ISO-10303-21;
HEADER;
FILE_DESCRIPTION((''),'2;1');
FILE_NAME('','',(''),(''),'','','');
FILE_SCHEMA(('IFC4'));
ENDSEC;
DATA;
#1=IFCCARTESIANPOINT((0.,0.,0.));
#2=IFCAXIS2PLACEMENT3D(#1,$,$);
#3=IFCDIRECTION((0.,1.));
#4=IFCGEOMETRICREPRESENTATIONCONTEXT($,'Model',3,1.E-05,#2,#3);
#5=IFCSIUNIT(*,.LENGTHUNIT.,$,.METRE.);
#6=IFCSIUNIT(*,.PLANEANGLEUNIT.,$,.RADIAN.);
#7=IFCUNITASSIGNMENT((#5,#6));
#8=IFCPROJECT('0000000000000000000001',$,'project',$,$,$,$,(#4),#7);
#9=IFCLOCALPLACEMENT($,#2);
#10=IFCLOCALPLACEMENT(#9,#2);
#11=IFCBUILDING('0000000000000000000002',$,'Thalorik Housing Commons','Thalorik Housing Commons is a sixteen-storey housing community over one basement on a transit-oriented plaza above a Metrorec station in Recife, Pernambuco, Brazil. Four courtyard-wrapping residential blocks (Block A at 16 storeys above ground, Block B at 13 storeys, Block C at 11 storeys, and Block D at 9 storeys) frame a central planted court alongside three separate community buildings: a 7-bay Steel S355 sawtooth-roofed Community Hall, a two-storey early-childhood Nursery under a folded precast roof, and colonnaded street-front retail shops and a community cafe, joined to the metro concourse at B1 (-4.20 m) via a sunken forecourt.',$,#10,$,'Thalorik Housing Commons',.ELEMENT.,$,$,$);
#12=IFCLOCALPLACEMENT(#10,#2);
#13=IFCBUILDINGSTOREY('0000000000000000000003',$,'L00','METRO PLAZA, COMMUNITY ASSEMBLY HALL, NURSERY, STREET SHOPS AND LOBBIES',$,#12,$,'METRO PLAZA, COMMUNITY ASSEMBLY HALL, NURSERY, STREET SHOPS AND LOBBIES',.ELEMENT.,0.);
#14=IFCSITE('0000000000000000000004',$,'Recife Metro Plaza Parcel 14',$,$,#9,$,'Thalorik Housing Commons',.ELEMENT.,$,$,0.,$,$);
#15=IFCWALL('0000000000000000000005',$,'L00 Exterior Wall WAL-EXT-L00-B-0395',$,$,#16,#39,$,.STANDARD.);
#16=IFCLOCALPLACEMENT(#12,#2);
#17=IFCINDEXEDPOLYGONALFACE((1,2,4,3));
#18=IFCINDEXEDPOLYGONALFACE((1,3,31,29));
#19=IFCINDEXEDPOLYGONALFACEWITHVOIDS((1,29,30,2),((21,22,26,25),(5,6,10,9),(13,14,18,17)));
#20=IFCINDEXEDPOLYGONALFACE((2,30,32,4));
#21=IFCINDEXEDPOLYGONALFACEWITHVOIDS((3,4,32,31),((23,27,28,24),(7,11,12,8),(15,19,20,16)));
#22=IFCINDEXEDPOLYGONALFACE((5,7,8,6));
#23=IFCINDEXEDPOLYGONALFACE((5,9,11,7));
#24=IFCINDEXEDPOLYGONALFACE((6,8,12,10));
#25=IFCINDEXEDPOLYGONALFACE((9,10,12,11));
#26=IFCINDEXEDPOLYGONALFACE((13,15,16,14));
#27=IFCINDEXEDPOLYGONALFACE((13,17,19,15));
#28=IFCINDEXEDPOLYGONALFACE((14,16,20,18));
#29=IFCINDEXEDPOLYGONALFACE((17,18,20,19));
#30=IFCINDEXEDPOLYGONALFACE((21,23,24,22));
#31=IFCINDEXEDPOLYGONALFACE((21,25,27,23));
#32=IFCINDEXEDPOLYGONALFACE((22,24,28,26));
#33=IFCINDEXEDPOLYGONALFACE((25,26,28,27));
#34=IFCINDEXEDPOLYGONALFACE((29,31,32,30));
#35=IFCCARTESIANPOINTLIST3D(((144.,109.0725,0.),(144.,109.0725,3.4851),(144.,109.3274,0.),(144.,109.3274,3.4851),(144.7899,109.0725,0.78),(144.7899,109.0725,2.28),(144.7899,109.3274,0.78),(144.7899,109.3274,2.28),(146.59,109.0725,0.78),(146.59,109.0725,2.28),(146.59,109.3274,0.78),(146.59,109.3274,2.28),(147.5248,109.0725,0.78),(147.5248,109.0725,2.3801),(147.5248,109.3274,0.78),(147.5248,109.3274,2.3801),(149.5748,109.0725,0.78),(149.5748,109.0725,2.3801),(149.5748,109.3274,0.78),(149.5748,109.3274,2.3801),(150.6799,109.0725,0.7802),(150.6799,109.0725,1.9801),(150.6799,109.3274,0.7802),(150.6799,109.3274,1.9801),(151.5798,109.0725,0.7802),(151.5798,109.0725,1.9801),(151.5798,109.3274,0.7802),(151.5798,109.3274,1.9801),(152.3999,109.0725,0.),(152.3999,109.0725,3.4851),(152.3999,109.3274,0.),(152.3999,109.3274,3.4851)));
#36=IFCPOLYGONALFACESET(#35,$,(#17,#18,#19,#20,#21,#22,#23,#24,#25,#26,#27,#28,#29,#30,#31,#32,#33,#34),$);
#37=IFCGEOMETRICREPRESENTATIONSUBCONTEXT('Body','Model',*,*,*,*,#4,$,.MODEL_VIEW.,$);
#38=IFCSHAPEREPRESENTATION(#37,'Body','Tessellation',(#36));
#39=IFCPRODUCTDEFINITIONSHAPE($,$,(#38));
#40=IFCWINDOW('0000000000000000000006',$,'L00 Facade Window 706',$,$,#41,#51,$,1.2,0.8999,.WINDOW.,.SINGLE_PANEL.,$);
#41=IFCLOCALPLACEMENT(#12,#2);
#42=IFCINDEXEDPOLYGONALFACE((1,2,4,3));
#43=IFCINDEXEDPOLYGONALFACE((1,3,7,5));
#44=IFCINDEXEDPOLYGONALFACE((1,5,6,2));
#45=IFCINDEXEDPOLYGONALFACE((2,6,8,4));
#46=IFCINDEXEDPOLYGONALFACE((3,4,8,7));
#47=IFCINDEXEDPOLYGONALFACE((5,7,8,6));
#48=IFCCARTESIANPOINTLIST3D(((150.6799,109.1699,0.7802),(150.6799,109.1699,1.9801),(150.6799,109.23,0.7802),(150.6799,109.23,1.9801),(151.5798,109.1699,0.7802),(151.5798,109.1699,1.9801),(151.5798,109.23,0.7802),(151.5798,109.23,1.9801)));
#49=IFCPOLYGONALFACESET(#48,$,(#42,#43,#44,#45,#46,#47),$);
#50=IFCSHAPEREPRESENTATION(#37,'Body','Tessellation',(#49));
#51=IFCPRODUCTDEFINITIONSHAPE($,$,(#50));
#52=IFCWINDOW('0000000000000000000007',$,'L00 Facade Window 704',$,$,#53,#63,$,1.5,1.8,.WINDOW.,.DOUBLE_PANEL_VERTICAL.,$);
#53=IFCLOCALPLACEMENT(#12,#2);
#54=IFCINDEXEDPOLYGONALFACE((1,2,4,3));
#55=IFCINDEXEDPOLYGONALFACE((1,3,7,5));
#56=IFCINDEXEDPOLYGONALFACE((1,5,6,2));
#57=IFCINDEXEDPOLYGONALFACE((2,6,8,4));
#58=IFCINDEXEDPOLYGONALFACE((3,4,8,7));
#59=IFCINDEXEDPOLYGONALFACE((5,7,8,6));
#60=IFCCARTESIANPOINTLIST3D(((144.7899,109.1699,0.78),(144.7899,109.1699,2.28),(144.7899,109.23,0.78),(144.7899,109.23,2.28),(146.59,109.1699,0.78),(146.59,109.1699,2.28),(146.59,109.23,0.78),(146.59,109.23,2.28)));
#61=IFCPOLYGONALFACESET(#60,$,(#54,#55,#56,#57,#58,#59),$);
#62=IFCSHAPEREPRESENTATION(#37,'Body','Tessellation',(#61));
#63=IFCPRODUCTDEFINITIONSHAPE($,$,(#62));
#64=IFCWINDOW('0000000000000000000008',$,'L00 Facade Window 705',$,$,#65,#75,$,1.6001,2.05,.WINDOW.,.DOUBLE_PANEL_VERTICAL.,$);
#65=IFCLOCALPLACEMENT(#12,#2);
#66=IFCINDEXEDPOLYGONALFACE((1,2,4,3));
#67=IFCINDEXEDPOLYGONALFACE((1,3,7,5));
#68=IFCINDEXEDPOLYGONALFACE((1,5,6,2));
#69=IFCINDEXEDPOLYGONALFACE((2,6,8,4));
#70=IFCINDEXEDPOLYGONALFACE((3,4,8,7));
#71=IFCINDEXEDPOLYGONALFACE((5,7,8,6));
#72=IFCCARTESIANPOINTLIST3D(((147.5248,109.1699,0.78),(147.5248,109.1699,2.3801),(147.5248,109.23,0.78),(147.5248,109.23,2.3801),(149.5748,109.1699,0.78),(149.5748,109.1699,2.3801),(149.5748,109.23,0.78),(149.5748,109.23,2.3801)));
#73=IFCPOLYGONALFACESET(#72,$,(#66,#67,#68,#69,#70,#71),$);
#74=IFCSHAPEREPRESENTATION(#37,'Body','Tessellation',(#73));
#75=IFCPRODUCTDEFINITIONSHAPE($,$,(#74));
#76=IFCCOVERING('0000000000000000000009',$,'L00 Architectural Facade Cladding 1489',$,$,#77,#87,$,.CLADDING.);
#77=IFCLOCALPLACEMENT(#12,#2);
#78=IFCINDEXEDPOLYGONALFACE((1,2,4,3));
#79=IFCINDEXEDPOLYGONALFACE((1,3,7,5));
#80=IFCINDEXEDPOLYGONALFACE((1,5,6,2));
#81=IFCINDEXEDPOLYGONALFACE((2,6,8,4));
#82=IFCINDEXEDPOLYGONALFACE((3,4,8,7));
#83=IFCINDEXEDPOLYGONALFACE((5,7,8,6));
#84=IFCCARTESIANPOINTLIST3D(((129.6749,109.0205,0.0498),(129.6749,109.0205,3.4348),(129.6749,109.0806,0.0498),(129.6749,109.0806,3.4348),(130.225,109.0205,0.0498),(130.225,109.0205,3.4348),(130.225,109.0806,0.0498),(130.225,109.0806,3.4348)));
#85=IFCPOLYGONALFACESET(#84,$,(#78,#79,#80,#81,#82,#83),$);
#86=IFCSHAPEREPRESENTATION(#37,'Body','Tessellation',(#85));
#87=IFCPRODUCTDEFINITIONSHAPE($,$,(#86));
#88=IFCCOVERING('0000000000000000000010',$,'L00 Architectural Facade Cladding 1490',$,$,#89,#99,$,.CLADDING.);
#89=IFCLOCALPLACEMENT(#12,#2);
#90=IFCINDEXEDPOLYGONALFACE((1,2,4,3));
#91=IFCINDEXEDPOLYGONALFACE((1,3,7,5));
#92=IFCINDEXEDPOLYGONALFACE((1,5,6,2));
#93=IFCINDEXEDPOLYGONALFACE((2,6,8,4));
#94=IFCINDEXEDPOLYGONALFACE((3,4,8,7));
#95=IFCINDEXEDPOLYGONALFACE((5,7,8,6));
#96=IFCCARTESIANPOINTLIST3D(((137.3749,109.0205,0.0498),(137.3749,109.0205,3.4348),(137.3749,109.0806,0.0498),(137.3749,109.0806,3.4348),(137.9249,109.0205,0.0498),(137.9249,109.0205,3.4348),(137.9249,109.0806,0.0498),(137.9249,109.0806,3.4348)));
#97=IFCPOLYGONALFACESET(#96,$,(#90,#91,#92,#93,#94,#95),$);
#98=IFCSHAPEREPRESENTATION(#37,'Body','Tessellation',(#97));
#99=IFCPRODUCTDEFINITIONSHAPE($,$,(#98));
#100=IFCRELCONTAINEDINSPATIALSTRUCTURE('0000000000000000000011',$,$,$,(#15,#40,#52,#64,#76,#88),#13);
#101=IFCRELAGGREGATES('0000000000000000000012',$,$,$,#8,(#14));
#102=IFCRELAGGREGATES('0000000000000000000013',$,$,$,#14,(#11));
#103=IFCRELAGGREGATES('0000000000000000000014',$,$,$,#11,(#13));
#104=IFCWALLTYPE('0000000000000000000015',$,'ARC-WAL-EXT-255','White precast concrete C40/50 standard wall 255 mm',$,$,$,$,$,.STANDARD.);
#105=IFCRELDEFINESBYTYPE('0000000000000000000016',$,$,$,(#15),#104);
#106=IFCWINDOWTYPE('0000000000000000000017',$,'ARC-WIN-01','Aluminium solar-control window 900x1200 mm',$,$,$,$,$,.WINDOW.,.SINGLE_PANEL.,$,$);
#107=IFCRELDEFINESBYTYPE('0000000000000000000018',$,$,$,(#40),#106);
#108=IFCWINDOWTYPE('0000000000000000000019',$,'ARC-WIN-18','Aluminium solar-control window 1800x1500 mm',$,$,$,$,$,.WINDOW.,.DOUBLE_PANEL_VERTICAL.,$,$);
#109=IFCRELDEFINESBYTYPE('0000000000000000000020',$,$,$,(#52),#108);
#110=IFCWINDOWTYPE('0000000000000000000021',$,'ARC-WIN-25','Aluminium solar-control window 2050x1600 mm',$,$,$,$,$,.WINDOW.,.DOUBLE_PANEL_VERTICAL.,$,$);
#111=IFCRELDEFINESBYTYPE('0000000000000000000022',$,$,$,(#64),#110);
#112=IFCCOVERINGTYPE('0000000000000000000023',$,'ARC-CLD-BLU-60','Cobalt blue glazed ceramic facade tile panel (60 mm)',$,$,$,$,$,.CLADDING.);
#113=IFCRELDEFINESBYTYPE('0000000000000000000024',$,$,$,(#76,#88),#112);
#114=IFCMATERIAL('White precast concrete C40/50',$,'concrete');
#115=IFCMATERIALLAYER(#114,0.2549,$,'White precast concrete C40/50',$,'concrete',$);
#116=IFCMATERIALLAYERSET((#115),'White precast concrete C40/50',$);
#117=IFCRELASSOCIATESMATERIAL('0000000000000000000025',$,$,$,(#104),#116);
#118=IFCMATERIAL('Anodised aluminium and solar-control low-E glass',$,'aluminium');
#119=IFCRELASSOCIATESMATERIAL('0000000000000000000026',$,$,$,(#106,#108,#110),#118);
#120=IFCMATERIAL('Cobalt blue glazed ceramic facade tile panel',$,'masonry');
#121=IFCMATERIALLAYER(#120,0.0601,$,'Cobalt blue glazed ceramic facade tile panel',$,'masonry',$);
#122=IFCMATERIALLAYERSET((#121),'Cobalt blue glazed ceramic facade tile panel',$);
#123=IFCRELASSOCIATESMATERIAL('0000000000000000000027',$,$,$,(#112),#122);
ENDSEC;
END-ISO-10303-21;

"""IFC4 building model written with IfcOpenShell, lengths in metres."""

from ifc_helpers import new_model, si_unit, direction, frame, frame_2d, origin, origin_2d, place, context, subcontext, project, spatial, rectangle, extrude, material, layer, layer_set, type_object, element, fill, save


model = new_model("IFC4")

# Units and contexts
model_context = context("Model", 3, precision=1e-05, world=origin(), true_north=direction((0.0, 1.0)))
body_context = subcontext(model_context, "Body", "Model", "MODEL_VIEW")
ifc_project = project(units=[si_unit("LENGTHUNIT", "METRE"), si_unit("PLANEANGLEUNIT", "RADIAN")], contexts=[model_context])

# Site, building, storey
site_placement = place(None, origin())
site = spatial("IfcSite", under=ifc_project, at=site_placement, Name="Recife Metro Plaza Parcel 14", LongName="Thalorik Housing Commons", CompositionType="ELEMENT", RefElevation=0.0)
building_placement = place(site_placement, origin())
building = spatial("IfcBuilding", under=site, at=building_placement, Name="Thalorik Housing Commons", Description="Thalorik Housing Commons is a sixteen-storey housing community over one basement on a transit-oriented plaza above a Metrorec station in Recife, Pernambuco, Brazil. Four courtyard-wrapping residential blocks (Block A at 16 storeys above ground, Block B at 13 storeys, Block C at 11 storeys, and Block D at 9 storeys) frame a central planted court alongside three separate community buildings: a 7-bay Steel S355 sawtooth-roofed Community Hall, a two-storey early-childhood Nursery under a folded precast roof, and colonnaded street-front retail shops and a community cafe, joined to the metro concourse at B1 (-4.20 m) via a sunken forecourt.", LongName="Thalorik Housing Commons", CompositionType="ELEMENT")
storey_placement = place(building_placement, origin())
storey = spatial("IfcBuildingStorey", under=building, at=storey_placement, Name="L00", Description="METRO PLAZA, COMMUNITY ASSEMBLY HALL, NURSERY, STREET SHOPS AND LOBBIES", LongName="METRO PLAZA, COMMUNITY ASSEMBLY HALL, NURSERY, STREET SHOPS AND LOBBIES", CompositionType="ELEMENT", Elevation=0.0)

# Wall, openings, windows
ifc_material_1 = material(Name="White precast concrete C40/50", Category="concrete")
ifc_layer_1 = layer(ifc_material_1, 0.2549, Name="White precast concrete C40/50", Category="concrete")
ifc_layer_set_1 = layer_set([ifc_layer_1], Name="White precast concrete C40/50")
wall_type = type_object("IfcWallType", Name="ARC-WAL-EXT-255", Description="White precast concrete C40/50 standard wall 255 mm", PredefinedType="STANDARD", material=ifc_layer_set_1)
ifc_material_2 = material(Name="Anodised aluminium and solar-control low-E glass", Category="aluminium")
wall_1_placement = place(storey_placement, frame((144.0, 109.2, 0.0), z_axis=(0.0, 0.0, 1.0), x_axis=(1.0, 0.0, 0.0)))
wall_1 = element("IfcWall", 1, at=wall_1_placement, inside=storey, type_object=wall_type, Name="L00 Exterior Wall WAL-EXT-L00-B-0395", PredefinedType="STANDARD", context=body_context, shape_type="SweptSolid", body=[
    extrude(rectangle(XDim=8.3999, YDim=0.2549, at=frame_2d((4.2, 0.0))), origin(), (0.0, 0.0, 1.0), 3.4851),
])
opening_1_placement = place(wall_1_placement, frame((0.79, 0.0, 0.78)))
opening_1 = element("IfcOpeningElement", 2, at=opening_1_placement, cuts=wall_1, PredefinedType="OPENING", context=body_context, shape_type="SweptSolid", body=[
    extrude(rectangle(XDim=1.8, YDim=1.5, at=frame_2d((0.8999, 0.75))), frame((0.0, 0.1375, 0.0), z_axis=(0.0, -1.0, 0.0), x_axis=(1.0, 0.0, 0.0)), (0.0, 0.0, 1.0), 0.2749),
])
opening_2_placement = place(wall_1_placement, frame((3.5249, 0.0, 0.78)))
opening_2 = element("IfcOpeningElement", 3, at=opening_2_placement, cuts=wall_1, PredefinedType="OPENING", context=body_context, shape_type="SweptSolid", body=[
    extrude(rectangle(XDim=2.05, YDim=1.6001, at=frame_2d((1.0249, 0.8))), frame((0.0, 0.1375, 0.0), z_axis=(0.0, -1.0, 0.0), x_axis=(1.0, 0.0, 0.0)), (0.0, 0.0, 1.0), 0.2749),
])
opening_3_placement = place(wall_1_placement, frame((6.6799, 0.0, 0.78)))
opening_3 = element("IfcOpeningElement", 4, at=opening_3_placement, cuts=wall_1, PredefinedType="OPENING", context=body_context, shape_type="SweptSolid", body=[
    extrude(rectangle(XDim=0.8999, YDim=1.2, at=frame_2d((0.45, 0.6001))), frame((0.0, 0.1375, 0.0), z_axis=(0.0, -1.0, 0.0), x_axis=(1.0, 0.0, 0.0)), (0.0, 0.0, 1.0), 0.2749),
])
window_type_1 = type_object("IfcWindowType", Name="ARC-WIN-01", Description="Aluminium solar-control window 900x1200 mm", PartitioningType="SINGLE_PANEL", PredefinedType="WINDOW", material=ifc_material_2)
window_1_placement = place(opening_3_placement, origin())
window_1 = element("IfcWindow", 5, at=window_1_placement, inside=storey, type_object=window_type_1, Name="L00 Facade Window 706", OverallHeight=1.2, OverallWidth=0.8999, PartitioningType="SINGLE_PANEL", PredefinedType="WINDOW", context=body_context, shape_type="SweptSolid", body=[
    extrude(rectangle(XDim=0.8999, YDim=1.2, at=frame_2d((0.45, 0.6001))), frame((0.0, 0.03, 0.0), z_axis=(0.0, -1.0, 0.0), x_axis=(1.0, 0.0, 0.0)), (0.0, 0.0, 1.0), 0.0601),
])
fill(opening_3, window_1)
window_type_2 = type_object("IfcWindowType", Name="ARC-WIN-18", Description="Aluminium solar-control window 1800x1500 mm", PartitioningType="DOUBLE_PANEL_VERTICAL", PredefinedType="WINDOW", material=ifc_material_2)
window_2_placement = place(opening_1_placement, origin())
window_2 = element("IfcWindow", 6, at=window_2_placement, inside=storey, type_object=window_type_2, Name="L00 Facade Window 704", OverallHeight=1.5, OverallWidth=1.8, PartitioningType="DOUBLE_PANEL_VERTICAL", PredefinedType="WINDOW", context=body_context, shape_type="SweptSolid", body=[
    extrude(rectangle(XDim=1.8, YDim=1.5, at=frame_2d((0.8999, 0.75))), frame((0.0, 0.03, 0.0), z_axis=(0.0, -1.0, 0.0), x_axis=(1.0, 0.0, 0.0)), (0.0, 0.0, 1.0), 0.0601),
])
fill(opening_1, window_2)
window_type_3 = type_object("IfcWindowType", Name="ARC-WIN-25", Description="Aluminium solar-control window 2050x1600 mm", PartitioningType="DOUBLE_PANEL_VERTICAL", PredefinedType="WINDOW", material=ifc_material_2)
window_3_placement = place(opening_2_placement, origin())
window_3 = element("IfcWindow", 7, at=window_3_placement, inside=storey, type_object=window_type_3, Name="L00 Facade Window 705", OverallHeight=1.6001, OverallWidth=2.05, PartitioningType="DOUBLE_PANEL_VERTICAL", PredefinedType="WINDOW", context=body_context, shape_type="SweptSolid", body=[
    extrude(rectangle(XDim=2.05, YDim=1.6001, at=frame_2d((1.0249, 0.8))), frame((0.0, 0.03, 0.0), z_axis=(0.0, -1.0, 0.0), x_axis=(1.0, 0.0, 0.0)), (0.0, 0.0, 1.0), 0.0601),
])
fill(opening_2, window_3)

# Coverings
ifc_material_3 = material(Name="Cobalt blue glazed ceramic facade tile panel", Category="masonry")
ifc_layer_2 = layer(ifc_material_3, 0.0601, Name="Cobalt blue glazed ceramic facade tile panel", Category="masonry")
ifc_layer_set_2 = layer_set([ifc_layer_2], Name="Cobalt blue glazed ceramic facade tile panel")
covering_type = type_object("IfcCoveringType", Name="ARC-CLD-BLU-60", Description="Cobalt blue glazed ceramic facade tile panel (60 mm)", PredefinedType="CLADDING", material=ifc_layer_set_2)
for number, where, z_axis, x_axis, name in (
    (8, (129.95, 109.0505, 0.0498), (0.0, 0.0, 1.0), (1.0, 0.0, 0.0), "L00 Architectural Facade Cladding 1489"),
    (9, (137.6499, 109.0505, 0.0498), (0.0, 0.0, 1.0), (1.0, 0.0, 0.0), "L00 Architectural Facade Cladding 1490"),
):
    element("IfcCovering", number, at=place(storey_placement, frame(where, z_axis=z_axis, x_axis=x_axis)), inside=storey, type_object=covering_type, Name=name, PredefinedType="CLADDING", context=body_context, shape_type="SweptSolid", body=[
        extrude(rectangle(XDim=0.55, YDim=0.0601, at=origin_2d()), origin(), (0.0, 0.0, 1.0), 3.385),
    ])

save(model, "model.ifc")
